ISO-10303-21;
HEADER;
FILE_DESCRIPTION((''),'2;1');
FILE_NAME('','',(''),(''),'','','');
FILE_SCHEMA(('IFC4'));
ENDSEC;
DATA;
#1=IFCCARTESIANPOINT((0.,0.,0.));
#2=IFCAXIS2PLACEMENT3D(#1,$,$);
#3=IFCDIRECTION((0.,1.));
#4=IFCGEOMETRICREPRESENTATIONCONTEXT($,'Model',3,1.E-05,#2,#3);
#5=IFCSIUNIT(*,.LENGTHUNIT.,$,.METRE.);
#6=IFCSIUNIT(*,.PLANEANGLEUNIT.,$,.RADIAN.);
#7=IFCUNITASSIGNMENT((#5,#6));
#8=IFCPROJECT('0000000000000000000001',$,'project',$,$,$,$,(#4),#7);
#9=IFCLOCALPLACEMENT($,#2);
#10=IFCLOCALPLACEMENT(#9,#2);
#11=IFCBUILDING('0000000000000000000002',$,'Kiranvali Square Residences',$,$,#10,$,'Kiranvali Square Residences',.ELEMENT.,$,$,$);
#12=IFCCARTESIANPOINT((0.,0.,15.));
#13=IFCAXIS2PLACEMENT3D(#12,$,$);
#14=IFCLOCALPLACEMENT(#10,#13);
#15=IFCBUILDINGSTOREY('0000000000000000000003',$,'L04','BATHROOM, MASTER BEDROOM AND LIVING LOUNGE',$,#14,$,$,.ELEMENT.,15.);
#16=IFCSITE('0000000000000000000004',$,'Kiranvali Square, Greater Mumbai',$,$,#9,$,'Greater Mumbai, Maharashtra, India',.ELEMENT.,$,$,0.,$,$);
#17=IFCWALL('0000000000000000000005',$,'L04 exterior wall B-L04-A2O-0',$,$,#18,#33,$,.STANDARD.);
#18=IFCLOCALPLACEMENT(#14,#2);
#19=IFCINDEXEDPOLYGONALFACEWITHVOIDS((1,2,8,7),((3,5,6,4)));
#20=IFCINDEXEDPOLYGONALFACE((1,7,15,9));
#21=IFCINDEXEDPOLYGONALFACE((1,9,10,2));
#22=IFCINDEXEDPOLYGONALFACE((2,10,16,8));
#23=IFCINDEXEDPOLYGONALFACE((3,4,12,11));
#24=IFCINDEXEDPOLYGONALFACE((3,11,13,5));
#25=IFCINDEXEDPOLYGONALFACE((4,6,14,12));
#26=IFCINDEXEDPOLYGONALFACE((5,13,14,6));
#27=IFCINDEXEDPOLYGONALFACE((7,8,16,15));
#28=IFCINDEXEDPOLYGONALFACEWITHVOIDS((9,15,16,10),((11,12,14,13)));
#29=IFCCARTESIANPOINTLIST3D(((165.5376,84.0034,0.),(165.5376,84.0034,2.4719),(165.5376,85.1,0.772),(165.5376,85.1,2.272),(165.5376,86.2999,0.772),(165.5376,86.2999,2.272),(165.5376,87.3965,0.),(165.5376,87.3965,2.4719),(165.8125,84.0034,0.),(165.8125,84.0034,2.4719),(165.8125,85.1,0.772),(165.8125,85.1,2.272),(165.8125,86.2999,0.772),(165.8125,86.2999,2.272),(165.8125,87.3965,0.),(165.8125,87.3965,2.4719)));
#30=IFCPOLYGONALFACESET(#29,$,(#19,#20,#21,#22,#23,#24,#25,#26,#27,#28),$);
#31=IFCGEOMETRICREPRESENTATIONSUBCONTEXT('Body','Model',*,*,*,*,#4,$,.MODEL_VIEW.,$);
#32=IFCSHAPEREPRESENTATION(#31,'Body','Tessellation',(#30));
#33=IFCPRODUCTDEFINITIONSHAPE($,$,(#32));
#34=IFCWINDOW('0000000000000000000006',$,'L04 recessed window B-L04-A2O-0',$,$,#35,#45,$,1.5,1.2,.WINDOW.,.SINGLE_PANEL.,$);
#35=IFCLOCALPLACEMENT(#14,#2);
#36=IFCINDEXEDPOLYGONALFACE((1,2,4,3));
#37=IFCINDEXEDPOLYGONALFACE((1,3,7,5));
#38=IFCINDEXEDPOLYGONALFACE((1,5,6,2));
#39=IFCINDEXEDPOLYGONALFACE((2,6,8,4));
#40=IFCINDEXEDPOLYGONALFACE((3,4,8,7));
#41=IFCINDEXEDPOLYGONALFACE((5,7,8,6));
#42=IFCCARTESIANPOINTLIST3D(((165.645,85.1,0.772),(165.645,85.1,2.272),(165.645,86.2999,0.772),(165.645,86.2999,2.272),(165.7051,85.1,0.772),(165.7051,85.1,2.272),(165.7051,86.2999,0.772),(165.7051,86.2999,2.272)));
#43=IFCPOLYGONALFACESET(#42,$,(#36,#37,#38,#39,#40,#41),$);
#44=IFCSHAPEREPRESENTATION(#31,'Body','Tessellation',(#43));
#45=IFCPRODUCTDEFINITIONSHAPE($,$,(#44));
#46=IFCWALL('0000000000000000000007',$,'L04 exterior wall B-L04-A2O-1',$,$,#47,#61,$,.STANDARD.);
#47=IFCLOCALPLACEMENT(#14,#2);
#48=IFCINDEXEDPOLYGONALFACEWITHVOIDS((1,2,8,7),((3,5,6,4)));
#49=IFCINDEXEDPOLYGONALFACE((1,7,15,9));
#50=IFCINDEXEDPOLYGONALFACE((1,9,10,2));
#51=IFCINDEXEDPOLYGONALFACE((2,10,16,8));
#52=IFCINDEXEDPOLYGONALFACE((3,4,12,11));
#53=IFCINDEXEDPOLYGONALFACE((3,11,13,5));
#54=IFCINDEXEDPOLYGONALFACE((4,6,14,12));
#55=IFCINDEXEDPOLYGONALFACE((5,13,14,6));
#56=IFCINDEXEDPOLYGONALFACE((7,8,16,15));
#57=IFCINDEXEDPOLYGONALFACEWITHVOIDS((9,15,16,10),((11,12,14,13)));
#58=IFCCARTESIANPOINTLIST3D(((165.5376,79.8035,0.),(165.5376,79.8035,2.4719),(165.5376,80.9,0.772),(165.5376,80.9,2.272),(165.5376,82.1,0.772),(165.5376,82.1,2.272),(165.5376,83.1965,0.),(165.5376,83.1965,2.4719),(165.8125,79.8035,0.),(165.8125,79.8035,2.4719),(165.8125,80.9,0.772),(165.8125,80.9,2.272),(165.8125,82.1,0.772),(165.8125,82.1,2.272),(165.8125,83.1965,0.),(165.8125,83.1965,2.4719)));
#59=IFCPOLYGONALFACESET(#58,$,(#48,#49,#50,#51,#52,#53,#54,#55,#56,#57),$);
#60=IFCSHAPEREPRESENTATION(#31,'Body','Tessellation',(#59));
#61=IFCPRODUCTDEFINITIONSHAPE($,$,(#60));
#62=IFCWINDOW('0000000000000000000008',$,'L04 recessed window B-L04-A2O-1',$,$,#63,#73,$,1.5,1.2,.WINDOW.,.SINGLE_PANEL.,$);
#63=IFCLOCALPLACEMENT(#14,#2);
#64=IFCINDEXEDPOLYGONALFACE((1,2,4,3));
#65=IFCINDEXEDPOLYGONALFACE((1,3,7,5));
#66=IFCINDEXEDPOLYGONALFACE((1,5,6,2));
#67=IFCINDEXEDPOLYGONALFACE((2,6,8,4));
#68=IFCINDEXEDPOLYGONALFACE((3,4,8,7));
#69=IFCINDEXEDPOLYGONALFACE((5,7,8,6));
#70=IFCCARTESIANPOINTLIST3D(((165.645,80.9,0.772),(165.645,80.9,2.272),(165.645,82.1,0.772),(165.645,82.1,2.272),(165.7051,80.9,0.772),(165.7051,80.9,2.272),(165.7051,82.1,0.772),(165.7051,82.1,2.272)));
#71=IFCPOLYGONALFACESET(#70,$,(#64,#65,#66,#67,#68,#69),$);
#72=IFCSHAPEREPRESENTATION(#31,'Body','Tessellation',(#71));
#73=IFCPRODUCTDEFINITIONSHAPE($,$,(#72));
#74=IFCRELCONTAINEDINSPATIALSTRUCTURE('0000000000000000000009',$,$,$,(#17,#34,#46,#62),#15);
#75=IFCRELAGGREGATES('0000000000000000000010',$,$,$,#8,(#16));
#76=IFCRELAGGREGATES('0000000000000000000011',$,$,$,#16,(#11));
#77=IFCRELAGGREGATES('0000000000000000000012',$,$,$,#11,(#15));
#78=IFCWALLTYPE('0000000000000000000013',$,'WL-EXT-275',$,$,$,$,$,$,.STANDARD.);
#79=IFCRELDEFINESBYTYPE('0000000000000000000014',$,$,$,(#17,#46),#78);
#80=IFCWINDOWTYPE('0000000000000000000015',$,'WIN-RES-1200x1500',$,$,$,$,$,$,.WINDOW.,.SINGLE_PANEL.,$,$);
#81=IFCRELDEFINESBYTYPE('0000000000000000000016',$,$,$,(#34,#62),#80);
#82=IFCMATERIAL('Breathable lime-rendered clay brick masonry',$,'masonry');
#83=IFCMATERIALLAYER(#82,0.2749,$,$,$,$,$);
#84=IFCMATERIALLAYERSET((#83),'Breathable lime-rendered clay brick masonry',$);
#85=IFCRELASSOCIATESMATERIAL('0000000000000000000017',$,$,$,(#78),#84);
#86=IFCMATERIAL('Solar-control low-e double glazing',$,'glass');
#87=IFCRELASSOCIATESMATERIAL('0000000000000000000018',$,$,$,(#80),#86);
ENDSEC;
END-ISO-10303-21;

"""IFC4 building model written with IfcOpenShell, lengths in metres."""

from ifc_helpers import new_model, si_unit, direction, frame, frame_2d, origin, place, context, subcontext, project, spatial, rectangle, extrude, material, layer, layer_set, type_object, element, fill, save


model = new_model("IFC4")

# Units and contexts
model_context = context("Model", 3, precision=1e-05, world=origin(), true_north=direction((0.0, 1.0)))
body_context = subcontext(model_context, "Body", "Model", "MODEL_VIEW")
ifc_project = project(units=[si_unit("LENGTHUNIT", "METRE"), si_unit("PLANEANGLEUNIT", "RADIAN")], contexts=[model_context])

# Site, building, storey
site_placement = place(None, origin())
site = spatial("IfcSite", under=ifc_project, at=site_placement, Name="Kiranvali Square, Greater Mumbai", LongName="Greater Mumbai, Maharashtra, India", CompositionType="ELEMENT", RefElevation=0.0)
building_placement = place(site_placement, origin())
building = spatial("IfcBuilding", under=site, at=building_placement, Name="Kiranvali Square Residences", LongName="Kiranvali Square Residences", CompositionType="ELEMENT")
storey_placement = place(building_placement, frame((0.0, 0.0, 15.0)))
storey = spatial("IfcBuildingStorey", under=building, at=storey_placement, Name="L04", Description="BATHROOM, MASTER BEDROOM AND LIVING LOUNGE", CompositionType="ELEMENT", Elevation=15.0)

# Walls, openings, windows
ifc_material_1 = material(Name="Breathable lime-rendered clay brick masonry", Category="masonry")
ifc_layer = layer(ifc_material_1, 0.2749)
ifc_layer_set = layer_set([ifc_layer], Name="Breathable lime-rendered clay brick masonry")
wall_type = type_object("IfcWallType", Name="WL-EXT-275", PredefinedType="STANDARD", material=ifc_layer_set)
wall_1_placement = place(storey_placement, frame((165.675, 87.3965, 0.0), z_axis=(0.0, 0.0, 1.0), x_axis=(0.0, -1.0, 0.0)))
wall_1 = element("IfcWall", 1, at=wall_1_placement, inside=storey, type_object=wall_type, Name="L04 exterior wall B-L04-A2O-0", PredefinedType="STANDARD", context=body_context, shape_type="SweptSolid", body=[
    extrude(rectangle(XDim=3.3931, YDim=0.2749, at=frame_2d((1.6965, 0.0))), origin(), (0.0, 0.0, 1.0), 2.4719),
])
opening_1_placement = place(wall_1_placement, frame((1.0964, 0.0, 0.772)))
opening_1 = element("IfcOpeningElement", 2, at=opening_1_placement, cuts=wall_1, PredefinedType="OPENING", context=body_context, shape_type="SweptSolid", body=[
    extrude(rectangle(XDim=1.2, YDim=1.5, at=frame_2d((0.6001, 0.75))), frame((0.0, 0.1475, 0.0), z_axis=(0.0, -1.0, 0.0), x_axis=(1.0, 0.0, 0.0)), (0.0, 0.0, 1.0), 0.2949),
])
ifc_material_2 = material(Name="Solar-control low-e double glazing", Category="glass")
window_type = type_object("IfcWindowType", Name="WIN-RES-1200x1500", PartitioningType="SINGLE_PANEL", PredefinedType="WINDOW", material=ifc_material_2)
window_1_placement = place(opening_1_placement, origin())
window_1 = element("IfcWindow", 3, at=window_1_placement, inside=storey, type_object=window_type, Name="L04 recessed window B-L04-A2O-0", OverallHeight=1.5, OverallWidth=1.2, PartitioningType="SINGLE_PANEL", PredefinedType="WINDOW", context=body_context, shape_type="SweptSolid", body=[
    extrude(rectangle(XDim=1.2, YDim=1.5, at=frame_2d((0.6001, 0.75))), frame((0.0, 0.03, 0.0), z_axis=(0.0, -1.0, 0.0), x_axis=(1.0, 0.0, 0.0)), (0.0, 0.0, 1.0), 0.0601),
])
fill(opening_1, window_1)
wall_2_placement = place(storey_placement, frame((165.675, 83.1965, 0.0), z_axis=(0.0, 0.0, 1.0), x_axis=(0.0, -1.0, 0.0)))
wall_2 = element("IfcWall", 4, at=wall_2_placement, inside=storey, type_object=wall_type, Name="L04 exterior wall B-L04-A2O-1", PredefinedType="STANDARD", context=body_context, shape_type="SweptSolid", body=[
    extrude(rectangle(XDim=3.3931, YDim=0.2749, at=frame_2d((1.6965, 0.0))), origin(), (0.0, 0.0, 1.0), 2.4719),
])
opening_2_placement = place(wall_2_placement, frame((1.0964, 0.0, 0.772)))
opening_2 = element("IfcOpeningElement", 5, at=opening_2_placement, cuts=wall_2, PredefinedType="OPENING", context=body_context, shape_type="SweptSolid", body=[
    extrude(rectangle(XDim=1.2, YDim=1.5, at=frame_2d((0.6001, 0.75))), frame((0.0, 0.1475, 0.0), z_axis=(0.0, -1.0, 0.0), x_axis=(1.0, 0.0, 0.0)), (0.0, 0.0, 1.0), 0.2949),
])
window_2_placement = place(opening_2_placement, origin())
window_2 = element("IfcWindow", 6, at=window_2_placement, inside=storey, type_object=window_type, Name="L04 recessed window B-L04-A2O-1", OverallHeight=1.5, OverallWidth=1.2, PartitioningType="SINGLE_PANEL", PredefinedType="WINDOW", context=body_context, shape_type="SweptSolid", body=[
    extrude(rectangle(XDim=1.2, YDim=1.5, at=frame_2d((0.6001, 0.75))), frame((0.0, 0.03, 0.0), z_axis=(0.0, -1.0, 0.0), x_axis=(1.0, 0.0, 0.0)), (0.0, 0.0, 1.0), 0.0601),
])
fill(opening_2, window_2)

save(model, "model.ifc")
